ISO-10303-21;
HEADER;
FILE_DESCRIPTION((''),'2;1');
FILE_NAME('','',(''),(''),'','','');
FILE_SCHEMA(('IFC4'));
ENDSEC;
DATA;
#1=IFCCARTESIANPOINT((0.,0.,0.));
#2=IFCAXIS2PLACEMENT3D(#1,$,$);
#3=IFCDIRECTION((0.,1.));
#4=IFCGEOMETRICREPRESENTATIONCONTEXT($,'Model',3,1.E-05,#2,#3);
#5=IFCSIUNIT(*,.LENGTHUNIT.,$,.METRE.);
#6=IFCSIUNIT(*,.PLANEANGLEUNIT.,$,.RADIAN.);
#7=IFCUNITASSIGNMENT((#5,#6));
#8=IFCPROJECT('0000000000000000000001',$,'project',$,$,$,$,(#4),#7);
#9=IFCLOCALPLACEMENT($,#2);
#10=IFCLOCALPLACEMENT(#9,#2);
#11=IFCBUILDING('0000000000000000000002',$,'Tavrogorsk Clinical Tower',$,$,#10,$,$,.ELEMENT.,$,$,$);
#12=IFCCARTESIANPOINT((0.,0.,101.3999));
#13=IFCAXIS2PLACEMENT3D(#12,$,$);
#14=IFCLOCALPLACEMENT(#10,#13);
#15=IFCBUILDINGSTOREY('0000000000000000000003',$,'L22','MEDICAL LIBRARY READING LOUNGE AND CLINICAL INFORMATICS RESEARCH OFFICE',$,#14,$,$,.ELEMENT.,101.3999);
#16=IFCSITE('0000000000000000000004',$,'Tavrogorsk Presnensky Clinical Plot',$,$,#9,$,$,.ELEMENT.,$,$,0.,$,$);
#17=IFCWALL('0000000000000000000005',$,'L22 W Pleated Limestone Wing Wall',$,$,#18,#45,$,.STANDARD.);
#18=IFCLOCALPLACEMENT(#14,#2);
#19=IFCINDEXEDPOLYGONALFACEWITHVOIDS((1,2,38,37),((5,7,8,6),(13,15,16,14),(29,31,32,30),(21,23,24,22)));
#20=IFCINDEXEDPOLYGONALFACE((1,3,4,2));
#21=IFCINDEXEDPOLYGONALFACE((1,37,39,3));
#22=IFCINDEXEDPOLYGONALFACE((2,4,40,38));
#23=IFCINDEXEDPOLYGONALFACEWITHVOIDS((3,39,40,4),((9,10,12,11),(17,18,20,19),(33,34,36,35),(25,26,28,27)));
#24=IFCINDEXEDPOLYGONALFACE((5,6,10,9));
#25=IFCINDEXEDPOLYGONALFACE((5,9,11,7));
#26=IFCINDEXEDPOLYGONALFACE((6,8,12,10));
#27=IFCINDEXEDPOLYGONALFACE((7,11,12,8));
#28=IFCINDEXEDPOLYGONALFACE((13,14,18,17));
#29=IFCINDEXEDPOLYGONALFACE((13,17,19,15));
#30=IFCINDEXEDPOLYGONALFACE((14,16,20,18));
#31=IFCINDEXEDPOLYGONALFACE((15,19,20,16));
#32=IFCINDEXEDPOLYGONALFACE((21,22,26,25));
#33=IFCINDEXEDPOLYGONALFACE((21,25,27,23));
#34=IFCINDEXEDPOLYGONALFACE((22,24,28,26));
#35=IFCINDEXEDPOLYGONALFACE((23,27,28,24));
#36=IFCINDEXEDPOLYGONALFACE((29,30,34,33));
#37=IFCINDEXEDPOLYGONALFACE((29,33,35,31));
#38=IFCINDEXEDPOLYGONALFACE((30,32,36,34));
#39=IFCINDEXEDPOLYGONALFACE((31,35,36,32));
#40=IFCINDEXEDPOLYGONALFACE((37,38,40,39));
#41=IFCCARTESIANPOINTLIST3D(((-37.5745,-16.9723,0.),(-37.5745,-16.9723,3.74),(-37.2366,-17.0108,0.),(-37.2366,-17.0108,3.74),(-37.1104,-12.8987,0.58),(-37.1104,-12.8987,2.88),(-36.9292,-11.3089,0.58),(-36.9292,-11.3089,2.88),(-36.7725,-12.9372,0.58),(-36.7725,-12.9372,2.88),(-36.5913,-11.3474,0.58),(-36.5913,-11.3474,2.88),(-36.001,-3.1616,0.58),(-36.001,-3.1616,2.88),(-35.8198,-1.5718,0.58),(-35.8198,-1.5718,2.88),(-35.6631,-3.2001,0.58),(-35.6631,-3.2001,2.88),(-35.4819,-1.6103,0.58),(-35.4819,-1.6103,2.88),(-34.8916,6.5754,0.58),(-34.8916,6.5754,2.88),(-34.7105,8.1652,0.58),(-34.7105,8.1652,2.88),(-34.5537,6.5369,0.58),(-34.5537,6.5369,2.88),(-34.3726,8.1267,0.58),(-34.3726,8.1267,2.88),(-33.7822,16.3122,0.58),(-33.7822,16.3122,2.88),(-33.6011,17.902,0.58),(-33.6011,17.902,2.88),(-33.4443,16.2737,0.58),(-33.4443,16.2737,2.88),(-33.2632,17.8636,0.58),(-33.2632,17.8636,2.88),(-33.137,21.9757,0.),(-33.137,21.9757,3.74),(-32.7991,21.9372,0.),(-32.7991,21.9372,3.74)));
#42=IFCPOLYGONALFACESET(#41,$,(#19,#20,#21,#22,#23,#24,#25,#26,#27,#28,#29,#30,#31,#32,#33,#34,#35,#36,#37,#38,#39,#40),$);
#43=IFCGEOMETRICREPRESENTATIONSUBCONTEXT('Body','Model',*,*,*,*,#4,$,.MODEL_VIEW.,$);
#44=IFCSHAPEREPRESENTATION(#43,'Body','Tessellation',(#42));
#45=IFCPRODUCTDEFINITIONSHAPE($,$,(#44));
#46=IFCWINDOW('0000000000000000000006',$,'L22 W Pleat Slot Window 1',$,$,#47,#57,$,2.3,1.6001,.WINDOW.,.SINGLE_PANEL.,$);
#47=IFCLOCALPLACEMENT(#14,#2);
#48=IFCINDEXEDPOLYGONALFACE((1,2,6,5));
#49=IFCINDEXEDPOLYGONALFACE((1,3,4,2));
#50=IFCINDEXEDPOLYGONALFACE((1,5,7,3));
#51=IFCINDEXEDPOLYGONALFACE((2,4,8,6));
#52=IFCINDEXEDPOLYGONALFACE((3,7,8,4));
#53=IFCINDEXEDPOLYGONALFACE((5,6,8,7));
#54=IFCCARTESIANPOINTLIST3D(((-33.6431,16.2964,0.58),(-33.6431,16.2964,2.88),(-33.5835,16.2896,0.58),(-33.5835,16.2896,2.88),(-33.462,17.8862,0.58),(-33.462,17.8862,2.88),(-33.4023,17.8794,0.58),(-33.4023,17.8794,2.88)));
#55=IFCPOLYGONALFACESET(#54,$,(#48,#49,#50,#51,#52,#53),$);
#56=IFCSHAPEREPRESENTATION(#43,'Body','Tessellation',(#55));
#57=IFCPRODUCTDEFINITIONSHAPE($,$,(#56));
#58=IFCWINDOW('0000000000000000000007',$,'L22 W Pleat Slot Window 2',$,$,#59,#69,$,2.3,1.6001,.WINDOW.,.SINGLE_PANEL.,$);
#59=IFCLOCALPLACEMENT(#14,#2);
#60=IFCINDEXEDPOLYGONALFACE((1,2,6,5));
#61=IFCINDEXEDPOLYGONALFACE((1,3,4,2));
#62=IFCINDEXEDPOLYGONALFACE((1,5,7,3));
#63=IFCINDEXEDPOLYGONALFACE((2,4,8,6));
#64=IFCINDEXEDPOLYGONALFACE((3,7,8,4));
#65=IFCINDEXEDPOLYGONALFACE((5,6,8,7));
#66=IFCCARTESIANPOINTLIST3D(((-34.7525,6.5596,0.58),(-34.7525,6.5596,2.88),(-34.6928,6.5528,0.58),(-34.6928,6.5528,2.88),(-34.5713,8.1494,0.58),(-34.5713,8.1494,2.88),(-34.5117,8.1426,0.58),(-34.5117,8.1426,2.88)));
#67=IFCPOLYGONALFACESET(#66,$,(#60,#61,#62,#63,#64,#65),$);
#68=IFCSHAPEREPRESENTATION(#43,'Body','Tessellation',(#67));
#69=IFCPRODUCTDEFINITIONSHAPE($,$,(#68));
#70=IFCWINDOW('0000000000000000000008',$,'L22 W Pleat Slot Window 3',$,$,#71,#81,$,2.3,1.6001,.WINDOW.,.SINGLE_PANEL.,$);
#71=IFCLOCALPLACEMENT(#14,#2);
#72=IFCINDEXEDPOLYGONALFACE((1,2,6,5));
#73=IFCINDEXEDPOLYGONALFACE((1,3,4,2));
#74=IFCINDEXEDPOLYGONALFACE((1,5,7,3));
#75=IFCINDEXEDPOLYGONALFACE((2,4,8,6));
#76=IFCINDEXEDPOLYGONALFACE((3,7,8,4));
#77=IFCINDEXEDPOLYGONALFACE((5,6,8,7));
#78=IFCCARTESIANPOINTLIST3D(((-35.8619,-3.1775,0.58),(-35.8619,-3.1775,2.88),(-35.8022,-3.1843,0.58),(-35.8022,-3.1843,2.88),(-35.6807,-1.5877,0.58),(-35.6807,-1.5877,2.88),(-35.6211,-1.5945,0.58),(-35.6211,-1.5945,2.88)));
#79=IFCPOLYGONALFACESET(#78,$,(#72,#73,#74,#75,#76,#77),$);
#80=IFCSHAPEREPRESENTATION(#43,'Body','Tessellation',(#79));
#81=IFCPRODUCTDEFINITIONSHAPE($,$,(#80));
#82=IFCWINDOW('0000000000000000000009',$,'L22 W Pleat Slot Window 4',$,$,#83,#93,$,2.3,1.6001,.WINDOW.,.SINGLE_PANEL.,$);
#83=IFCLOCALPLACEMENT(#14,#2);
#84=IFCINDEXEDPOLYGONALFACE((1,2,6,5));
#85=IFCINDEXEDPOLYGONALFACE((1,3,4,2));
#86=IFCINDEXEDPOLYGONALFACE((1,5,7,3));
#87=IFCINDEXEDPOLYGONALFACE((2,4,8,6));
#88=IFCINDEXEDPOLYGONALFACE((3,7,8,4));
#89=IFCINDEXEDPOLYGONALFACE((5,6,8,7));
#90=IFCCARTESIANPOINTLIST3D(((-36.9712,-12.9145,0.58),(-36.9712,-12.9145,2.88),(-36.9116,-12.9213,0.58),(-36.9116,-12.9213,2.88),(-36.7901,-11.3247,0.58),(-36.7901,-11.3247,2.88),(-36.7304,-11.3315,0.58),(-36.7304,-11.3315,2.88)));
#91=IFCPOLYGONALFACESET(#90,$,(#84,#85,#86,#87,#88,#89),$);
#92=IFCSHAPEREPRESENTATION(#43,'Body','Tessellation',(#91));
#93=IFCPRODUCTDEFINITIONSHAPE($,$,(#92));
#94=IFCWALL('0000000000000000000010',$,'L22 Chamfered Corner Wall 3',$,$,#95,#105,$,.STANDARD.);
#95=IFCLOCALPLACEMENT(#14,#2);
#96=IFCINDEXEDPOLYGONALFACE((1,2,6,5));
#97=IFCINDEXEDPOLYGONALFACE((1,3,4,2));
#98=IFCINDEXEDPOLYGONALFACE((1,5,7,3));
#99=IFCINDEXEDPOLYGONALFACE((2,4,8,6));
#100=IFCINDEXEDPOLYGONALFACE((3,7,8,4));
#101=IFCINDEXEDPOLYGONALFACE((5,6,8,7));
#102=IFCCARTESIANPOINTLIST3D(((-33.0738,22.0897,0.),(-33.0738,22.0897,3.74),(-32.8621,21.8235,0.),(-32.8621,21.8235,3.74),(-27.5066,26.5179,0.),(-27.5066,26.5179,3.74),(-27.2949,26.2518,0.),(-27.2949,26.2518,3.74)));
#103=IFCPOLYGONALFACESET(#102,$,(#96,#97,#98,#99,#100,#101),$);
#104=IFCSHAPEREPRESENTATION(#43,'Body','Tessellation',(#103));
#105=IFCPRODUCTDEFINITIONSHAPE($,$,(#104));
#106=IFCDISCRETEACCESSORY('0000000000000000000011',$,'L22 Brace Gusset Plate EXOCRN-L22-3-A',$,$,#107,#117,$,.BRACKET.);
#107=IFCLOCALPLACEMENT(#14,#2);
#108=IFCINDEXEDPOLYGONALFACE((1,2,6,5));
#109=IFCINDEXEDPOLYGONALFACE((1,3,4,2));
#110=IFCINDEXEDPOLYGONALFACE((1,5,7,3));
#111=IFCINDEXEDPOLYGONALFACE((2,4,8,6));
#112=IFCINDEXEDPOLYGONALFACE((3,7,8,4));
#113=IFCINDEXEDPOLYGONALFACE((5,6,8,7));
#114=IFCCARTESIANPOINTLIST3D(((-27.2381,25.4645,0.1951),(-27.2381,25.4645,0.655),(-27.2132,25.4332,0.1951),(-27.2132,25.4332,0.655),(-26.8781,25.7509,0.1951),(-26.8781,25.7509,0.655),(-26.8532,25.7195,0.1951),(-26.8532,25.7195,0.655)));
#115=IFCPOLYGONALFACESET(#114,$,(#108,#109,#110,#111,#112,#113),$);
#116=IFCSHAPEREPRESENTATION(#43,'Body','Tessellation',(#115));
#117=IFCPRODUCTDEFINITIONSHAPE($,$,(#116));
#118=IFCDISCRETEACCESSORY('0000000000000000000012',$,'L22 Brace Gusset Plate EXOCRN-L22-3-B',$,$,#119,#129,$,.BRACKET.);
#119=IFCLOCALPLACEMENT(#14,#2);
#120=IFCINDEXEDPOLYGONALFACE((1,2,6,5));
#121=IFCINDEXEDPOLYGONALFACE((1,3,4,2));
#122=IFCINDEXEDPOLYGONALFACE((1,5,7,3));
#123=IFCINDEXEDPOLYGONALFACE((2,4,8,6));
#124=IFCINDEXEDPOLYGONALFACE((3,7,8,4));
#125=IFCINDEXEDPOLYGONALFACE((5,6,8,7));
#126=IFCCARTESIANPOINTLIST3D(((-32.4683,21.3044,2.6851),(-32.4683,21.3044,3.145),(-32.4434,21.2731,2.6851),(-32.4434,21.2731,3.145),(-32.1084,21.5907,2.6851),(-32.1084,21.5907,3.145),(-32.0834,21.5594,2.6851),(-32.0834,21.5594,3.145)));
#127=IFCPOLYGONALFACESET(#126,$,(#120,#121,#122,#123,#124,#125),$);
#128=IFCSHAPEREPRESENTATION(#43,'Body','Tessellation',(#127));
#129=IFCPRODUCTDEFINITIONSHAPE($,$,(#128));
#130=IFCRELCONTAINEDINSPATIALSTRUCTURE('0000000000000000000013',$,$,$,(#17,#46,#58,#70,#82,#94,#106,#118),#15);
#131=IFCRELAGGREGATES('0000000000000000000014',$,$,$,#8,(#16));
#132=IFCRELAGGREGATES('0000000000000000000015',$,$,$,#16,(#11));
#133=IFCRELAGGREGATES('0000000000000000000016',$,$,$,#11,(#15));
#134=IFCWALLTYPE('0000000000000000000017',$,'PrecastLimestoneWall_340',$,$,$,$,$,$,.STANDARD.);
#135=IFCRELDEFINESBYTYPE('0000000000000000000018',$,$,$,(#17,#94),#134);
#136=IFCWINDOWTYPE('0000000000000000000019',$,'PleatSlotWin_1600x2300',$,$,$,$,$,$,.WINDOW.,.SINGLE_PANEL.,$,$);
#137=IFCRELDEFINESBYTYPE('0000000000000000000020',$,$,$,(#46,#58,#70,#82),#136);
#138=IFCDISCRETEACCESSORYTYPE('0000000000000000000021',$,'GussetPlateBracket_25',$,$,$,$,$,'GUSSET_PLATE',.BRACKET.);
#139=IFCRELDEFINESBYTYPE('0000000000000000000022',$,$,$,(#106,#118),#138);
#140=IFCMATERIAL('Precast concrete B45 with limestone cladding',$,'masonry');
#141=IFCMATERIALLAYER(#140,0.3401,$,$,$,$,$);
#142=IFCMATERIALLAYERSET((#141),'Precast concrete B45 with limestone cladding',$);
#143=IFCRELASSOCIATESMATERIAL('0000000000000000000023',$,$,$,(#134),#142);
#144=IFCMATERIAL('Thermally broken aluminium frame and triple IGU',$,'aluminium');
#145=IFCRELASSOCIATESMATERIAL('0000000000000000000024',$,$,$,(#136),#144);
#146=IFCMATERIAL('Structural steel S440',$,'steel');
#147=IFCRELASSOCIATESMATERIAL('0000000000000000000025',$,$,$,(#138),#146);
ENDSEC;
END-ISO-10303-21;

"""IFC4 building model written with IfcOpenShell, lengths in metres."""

from ifc_helpers import new_model, si_unit, direction, frame, frame_2d, origin, origin_2d, place, context, subcontext, project, spatial, rectangle, extrude, material, layer, layer_set, type_object, element, fill, save


model = new_model("IFC4")

# Units and contexts
model_context = context("Model", 3, precision=1e-05, world=origin(), true_north=direction((0.0, 1.0)))
body_context = subcontext(model_context, "Body", "Model", "MODEL_VIEW")
ifc_project = project(units=[si_unit("LENGTHUNIT", "METRE"), si_unit("PLANEANGLEUNIT", "RADIAN")], contexts=[model_context])

# Site, building, storey
site_placement = place(None, origin())
site = spatial("IfcSite", under=ifc_project, at=site_placement, Name="Tavrogorsk Presnensky Clinical Plot", CompositionType="ELEMENT", RefElevation=0.0)
building_placement = place(site_placement, origin())
building = spatial("IfcBuilding", under=site, at=building_placement, Name="Tavrogorsk Clinical Tower", CompositionType="ELEMENT")
storey_placement = place(building_placement, frame((0.0, 0.0, 101.3999)))
storey = spatial("IfcBuildingStorey", under=building, at=storey_placement, Name="L22", Description="MEDICAL LIBRARY READING LOUNGE AND CLINICAL INFORMATICS RESEARCH OFFICE", CompositionType="ELEMENT", Elevation=101.3999)

# Wall, openings, windows
ifc_material_1 = material(Name="Precast concrete B45 with limestone cladding", Category="masonry")
ifc_layer_1 = layer(ifc_material_1, 0.3401)
ifc_layer_set_1 = layer_set([ifc_layer_1], Name="Precast concrete B45 with limestone cladding")
wall_type_1 = type_object("IfcWallType", Name="PrecastLimestoneWall_340", PredefinedType="STANDARD", material=ifc_layer_set_1)
wall_1_placement = place(storey_placement, frame((-32.968, 21.9565, 0.0), z_axis=(0.0, 0.0, 1.0), x_axis=(-0.113202, -0.993572, 0.0)))
wall_1 = element("IfcWall", 1, at=wall_1_placement, inside=storey, type_object=wall_type_1, Name="L22 W Pleated Limestone Wing Wall", PredefinedType="STANDARD", context=body_context, shape_type="SweptSolid", body=[
    extrude(rectangle(XDim=39.2, YDim=0.3401, at=frame_2d((19.6001, 0.0))), origin(), (0.0, 0.0, 1.0), 3.74),
])
opening_1_placement = place(wall_1_placement, frame((4.1001, 0.0, 0.5801)))
opening_1 = element("IfcOpeningElement", 2, at=opening_1_placement, cuts=wall_1, PredefinedType="OPENING", context=body_context, shape_type="SweptSolid", body=[
    extrude(rectangle(XDim=1.6001, YDim=2.3, at=frame_2d((0.8, 1.1499))), frame((0.0, 0.1799, 0.0), z_axis=(0.0, -1.0, 0.0), x_axis=(1.0, 0.0, 0.0)), (0.0, 0.0, 1.0), 0.3601),
])
opening_2_placement = place(wall_1_placement, frame((13.8999, 0.0, 0.5801)))
opening_2 = element("IfcOpeningElement", 3, at=opening_2_placement, cuts=wall_1, PredefinedType="OPENING", context=body_context, shape_type="SweptSolid", body=[
    extrude(rectangle(XDim=1.6001, YDim=2.3, at=frame_2d((0.8, 1.1499))), frame((0.0, 0.1799, 0.0), z_axis=(0.0, -1.0, 0.0), x_axis=(1.0, 0.0, 0.0)), (0.0, 0.0, 1.0), 0.3601),
])
opening_3_placement = place(wall_1_placement, frame((23.7, 0.0, 0.5801)))
opening_3 = element("IfcOpeningElement", 4, at=opening_3_placement, cuts=wall_1, PredefinedType="OPENING", context=body_context, shape_type="SweptSolid", body=[
    extrude(rectangle(XDim=1.6001, YDim=2.3, at=frame_2d((0.8, 1.1499))), frame((0.0, 0.1799, 0.0), z_axis=(0.0, -1.0, 0.0), x_axis=(1.0, 0.0, 0.0)), (0.0, 0.0, 1.0), 0.3601),
])
opening_4_placement = place(wall_1_placement, frame((33.5, 0.0, 0.5801)))
opening_4 = element("IfcOpeningElement", 5, at=opening_4_placement, cuts=wall_1, PredefinedType="OPENING", context=body_context, shape_type="SweptSolid", body=[
    extrude(rectangle(XDim=1.6001, YDim=2.3, at=frame_2d((0.8, 1.1499))), frame((0.0, 0.1799, 0.0), z_axis=(0.0, -1.0, 0.0), x_axis=(1.0, 0.0, 0.0)), (0.0, 0.0, 1.0), 0.3601),
])
ifc_material_2 = material(Name="Thermally broken aluminium frame and triple IGU", Category="aluminium")
window_type = type_object("IfcWindowType", Name="PleatSlotWin_1600x2300", PartitioningType="SINGLE_PANEL", PredefinedType="WINDOW", material=ifc_material_2)
window_1_placement = place(opening_1_placement, origin())
window_1 = element("IfcWindow", 6, at=window_1_placement, inside=storey, type_object=window_type, Name="L22 W Pleat Slot Window 1", OverallHeight=2.3, OverallWidth=1.6001, PartitioningType="SINGLE_PANEL", PredefinedType="WINDOW", context=body_context, shape_type="SweptSolid", body=[
    extrude(rectangle(XDim=1.6001, YDim=2.3, at=frame_2d((0.8, 1.1499))), frame((0.0, 0.03, 0.0), z_axis=(0.0, -1.0, 0.0), x_axis=(1.0, 0.0, 0.0)), (0.0, 0.0, 1.0), 0.0601),
])
fill(opening_1, window_1)
window_2_placement = place(opening_2_placement, origin())
window_2 = element("IfcWindow", 7, at=window_2_placement, inside=storey, type_object=window_type, Name="L22 W Pleat Slot Window 2", OverallHeight=2.3, OverallWidth=1.6001, PartitioningType="SINGLE_PANEL", PredefinedType="WINDOW", context=body_context, shape_type="SweptSolid", body=[
    extrude(rectangle(XDim=1.6001, YDim=2.3, at=frame_2d((0.8, 1.1499))), frame((0.0, 0.03, 0.0), z_axis=(0.0, -1.0, 0.0), x_axis=(1.0, 0.0, 0.0)), (0.0, 0.0, 1.0), 0.0601),
])
fill(opening_2, window_2)
window_3_placement = place(opening_3_placement, origin())
window_3 = element("IfcWindow", 8, at=window_3_placement, inside=storey, type_object=window_type, Name="L22 W Pleat Slot Window 3", OverallHeight=2.3, OverallWidth=1.6001, PartitioningType="SINGLE_PANEL", PredefinedType="WINDOW", context=body_context, shape_type="SweptSolid", body=[
    extrude(rectangle(XDim=1.6001, YDim=2.3, at=frame_2d((0.8, 1.1499))), frame((0.0, 0.03, 0.0), z_axis=(0.0, -1.0, 0.0), x_axis=(1.0, 0.0, 0.0)), (0.0, 0.0, 1.0), 0.0601),
])
fill(opening_3, window_3)
window_4_placement = place(opening_4_placement, origin())
window_4 = element("IfcWindow", 9, at=window_4_placement, inside=storey, type_object=window_type, Name="L22 W Pleat Slot Window 4", OverallHeight=2.3, OverallWidth=1.6001, PartitioningType="SINGLE_PANEL", PredefinedType="WINDOW", context=body_context, shape_type="SweptSolid", body=[
    extrude(rectangle(XDim=1.6001, YDim=2.3, at=frame_2d((0.8, 1.1499))), frame((0.0, 0.03, 0.0), z_axis=(0.0, -1.0, 0.0), x_axis=(1.0, 0.0, 0.0)), (0.0, 0.0, 1.0), 0.0601),
])
fill(opening_4, window_4)

# Wall
wall_2_placement = place(storey_placement, frame((-27.4009, 26.3848, 0.0), z_axis=(0.0, 0.0, 1.0), x_axis=(-0.782614, -0.622508, 0.0)))
element("IfcWall", 10, at=wall_2_placement, inside=storey, type_object=wall_type_1, Name="L22 Chamfered Corner Wall 3", PredefinedType="STANDARD", context=body_context, shape_type="SweptSolid", body=[
    extrude(rectangle(XDim=7.1135, YDim=0.3401, at=frame_2d((3.5566, 0.0))), origin(), (0.0, 0.0, 1.0), 3.74),
])

# Discrete accessories
ifc_material_3 = material(Name="Structural steel S440", Category="steel")
discrete_accessory_type = type_object("IfcDiscreteAccessoryType", Name="GussetPlateBracket_25", ElementType="GUSSET_PLATE", PredefinedType="BRACKET", material=ifc_material_3)
for number, where, z_axis, x_axis, name in (
    (11, (-27.0457, 25.592, 0.1951), (0.0, 0.0, 1.0), (-0.782608, -0.622515, 0.0), "L22 Brace Gusset Plate EXOCRN-L22-3-A"),
    (12, (-32.2759, 21.4319, 2.6851), (0.0, 0.0, 1.0), (-0.782608, -0.622515, 0.0), "L22 Brace Gusset Plate EXOCRN-L22-3-B"),
):
    element("IfcDiscreteAccessory", number, at=place(storey_placement, frame(where, z_axis=z_axis, x_axis=x_axis)), inside=storey, type_object=discrete_accessory_type, Name=name, PredefinedType="BRACKET", context=body_context, shape_type="SweptSolid", body=[
        extrude(rectangle(XDim=0.46, YDim=0.04, at=origin_2d()), origin(), (0.0, 0.0, 1.0), 0.46),
    ])

save(model, "model.ifc")
